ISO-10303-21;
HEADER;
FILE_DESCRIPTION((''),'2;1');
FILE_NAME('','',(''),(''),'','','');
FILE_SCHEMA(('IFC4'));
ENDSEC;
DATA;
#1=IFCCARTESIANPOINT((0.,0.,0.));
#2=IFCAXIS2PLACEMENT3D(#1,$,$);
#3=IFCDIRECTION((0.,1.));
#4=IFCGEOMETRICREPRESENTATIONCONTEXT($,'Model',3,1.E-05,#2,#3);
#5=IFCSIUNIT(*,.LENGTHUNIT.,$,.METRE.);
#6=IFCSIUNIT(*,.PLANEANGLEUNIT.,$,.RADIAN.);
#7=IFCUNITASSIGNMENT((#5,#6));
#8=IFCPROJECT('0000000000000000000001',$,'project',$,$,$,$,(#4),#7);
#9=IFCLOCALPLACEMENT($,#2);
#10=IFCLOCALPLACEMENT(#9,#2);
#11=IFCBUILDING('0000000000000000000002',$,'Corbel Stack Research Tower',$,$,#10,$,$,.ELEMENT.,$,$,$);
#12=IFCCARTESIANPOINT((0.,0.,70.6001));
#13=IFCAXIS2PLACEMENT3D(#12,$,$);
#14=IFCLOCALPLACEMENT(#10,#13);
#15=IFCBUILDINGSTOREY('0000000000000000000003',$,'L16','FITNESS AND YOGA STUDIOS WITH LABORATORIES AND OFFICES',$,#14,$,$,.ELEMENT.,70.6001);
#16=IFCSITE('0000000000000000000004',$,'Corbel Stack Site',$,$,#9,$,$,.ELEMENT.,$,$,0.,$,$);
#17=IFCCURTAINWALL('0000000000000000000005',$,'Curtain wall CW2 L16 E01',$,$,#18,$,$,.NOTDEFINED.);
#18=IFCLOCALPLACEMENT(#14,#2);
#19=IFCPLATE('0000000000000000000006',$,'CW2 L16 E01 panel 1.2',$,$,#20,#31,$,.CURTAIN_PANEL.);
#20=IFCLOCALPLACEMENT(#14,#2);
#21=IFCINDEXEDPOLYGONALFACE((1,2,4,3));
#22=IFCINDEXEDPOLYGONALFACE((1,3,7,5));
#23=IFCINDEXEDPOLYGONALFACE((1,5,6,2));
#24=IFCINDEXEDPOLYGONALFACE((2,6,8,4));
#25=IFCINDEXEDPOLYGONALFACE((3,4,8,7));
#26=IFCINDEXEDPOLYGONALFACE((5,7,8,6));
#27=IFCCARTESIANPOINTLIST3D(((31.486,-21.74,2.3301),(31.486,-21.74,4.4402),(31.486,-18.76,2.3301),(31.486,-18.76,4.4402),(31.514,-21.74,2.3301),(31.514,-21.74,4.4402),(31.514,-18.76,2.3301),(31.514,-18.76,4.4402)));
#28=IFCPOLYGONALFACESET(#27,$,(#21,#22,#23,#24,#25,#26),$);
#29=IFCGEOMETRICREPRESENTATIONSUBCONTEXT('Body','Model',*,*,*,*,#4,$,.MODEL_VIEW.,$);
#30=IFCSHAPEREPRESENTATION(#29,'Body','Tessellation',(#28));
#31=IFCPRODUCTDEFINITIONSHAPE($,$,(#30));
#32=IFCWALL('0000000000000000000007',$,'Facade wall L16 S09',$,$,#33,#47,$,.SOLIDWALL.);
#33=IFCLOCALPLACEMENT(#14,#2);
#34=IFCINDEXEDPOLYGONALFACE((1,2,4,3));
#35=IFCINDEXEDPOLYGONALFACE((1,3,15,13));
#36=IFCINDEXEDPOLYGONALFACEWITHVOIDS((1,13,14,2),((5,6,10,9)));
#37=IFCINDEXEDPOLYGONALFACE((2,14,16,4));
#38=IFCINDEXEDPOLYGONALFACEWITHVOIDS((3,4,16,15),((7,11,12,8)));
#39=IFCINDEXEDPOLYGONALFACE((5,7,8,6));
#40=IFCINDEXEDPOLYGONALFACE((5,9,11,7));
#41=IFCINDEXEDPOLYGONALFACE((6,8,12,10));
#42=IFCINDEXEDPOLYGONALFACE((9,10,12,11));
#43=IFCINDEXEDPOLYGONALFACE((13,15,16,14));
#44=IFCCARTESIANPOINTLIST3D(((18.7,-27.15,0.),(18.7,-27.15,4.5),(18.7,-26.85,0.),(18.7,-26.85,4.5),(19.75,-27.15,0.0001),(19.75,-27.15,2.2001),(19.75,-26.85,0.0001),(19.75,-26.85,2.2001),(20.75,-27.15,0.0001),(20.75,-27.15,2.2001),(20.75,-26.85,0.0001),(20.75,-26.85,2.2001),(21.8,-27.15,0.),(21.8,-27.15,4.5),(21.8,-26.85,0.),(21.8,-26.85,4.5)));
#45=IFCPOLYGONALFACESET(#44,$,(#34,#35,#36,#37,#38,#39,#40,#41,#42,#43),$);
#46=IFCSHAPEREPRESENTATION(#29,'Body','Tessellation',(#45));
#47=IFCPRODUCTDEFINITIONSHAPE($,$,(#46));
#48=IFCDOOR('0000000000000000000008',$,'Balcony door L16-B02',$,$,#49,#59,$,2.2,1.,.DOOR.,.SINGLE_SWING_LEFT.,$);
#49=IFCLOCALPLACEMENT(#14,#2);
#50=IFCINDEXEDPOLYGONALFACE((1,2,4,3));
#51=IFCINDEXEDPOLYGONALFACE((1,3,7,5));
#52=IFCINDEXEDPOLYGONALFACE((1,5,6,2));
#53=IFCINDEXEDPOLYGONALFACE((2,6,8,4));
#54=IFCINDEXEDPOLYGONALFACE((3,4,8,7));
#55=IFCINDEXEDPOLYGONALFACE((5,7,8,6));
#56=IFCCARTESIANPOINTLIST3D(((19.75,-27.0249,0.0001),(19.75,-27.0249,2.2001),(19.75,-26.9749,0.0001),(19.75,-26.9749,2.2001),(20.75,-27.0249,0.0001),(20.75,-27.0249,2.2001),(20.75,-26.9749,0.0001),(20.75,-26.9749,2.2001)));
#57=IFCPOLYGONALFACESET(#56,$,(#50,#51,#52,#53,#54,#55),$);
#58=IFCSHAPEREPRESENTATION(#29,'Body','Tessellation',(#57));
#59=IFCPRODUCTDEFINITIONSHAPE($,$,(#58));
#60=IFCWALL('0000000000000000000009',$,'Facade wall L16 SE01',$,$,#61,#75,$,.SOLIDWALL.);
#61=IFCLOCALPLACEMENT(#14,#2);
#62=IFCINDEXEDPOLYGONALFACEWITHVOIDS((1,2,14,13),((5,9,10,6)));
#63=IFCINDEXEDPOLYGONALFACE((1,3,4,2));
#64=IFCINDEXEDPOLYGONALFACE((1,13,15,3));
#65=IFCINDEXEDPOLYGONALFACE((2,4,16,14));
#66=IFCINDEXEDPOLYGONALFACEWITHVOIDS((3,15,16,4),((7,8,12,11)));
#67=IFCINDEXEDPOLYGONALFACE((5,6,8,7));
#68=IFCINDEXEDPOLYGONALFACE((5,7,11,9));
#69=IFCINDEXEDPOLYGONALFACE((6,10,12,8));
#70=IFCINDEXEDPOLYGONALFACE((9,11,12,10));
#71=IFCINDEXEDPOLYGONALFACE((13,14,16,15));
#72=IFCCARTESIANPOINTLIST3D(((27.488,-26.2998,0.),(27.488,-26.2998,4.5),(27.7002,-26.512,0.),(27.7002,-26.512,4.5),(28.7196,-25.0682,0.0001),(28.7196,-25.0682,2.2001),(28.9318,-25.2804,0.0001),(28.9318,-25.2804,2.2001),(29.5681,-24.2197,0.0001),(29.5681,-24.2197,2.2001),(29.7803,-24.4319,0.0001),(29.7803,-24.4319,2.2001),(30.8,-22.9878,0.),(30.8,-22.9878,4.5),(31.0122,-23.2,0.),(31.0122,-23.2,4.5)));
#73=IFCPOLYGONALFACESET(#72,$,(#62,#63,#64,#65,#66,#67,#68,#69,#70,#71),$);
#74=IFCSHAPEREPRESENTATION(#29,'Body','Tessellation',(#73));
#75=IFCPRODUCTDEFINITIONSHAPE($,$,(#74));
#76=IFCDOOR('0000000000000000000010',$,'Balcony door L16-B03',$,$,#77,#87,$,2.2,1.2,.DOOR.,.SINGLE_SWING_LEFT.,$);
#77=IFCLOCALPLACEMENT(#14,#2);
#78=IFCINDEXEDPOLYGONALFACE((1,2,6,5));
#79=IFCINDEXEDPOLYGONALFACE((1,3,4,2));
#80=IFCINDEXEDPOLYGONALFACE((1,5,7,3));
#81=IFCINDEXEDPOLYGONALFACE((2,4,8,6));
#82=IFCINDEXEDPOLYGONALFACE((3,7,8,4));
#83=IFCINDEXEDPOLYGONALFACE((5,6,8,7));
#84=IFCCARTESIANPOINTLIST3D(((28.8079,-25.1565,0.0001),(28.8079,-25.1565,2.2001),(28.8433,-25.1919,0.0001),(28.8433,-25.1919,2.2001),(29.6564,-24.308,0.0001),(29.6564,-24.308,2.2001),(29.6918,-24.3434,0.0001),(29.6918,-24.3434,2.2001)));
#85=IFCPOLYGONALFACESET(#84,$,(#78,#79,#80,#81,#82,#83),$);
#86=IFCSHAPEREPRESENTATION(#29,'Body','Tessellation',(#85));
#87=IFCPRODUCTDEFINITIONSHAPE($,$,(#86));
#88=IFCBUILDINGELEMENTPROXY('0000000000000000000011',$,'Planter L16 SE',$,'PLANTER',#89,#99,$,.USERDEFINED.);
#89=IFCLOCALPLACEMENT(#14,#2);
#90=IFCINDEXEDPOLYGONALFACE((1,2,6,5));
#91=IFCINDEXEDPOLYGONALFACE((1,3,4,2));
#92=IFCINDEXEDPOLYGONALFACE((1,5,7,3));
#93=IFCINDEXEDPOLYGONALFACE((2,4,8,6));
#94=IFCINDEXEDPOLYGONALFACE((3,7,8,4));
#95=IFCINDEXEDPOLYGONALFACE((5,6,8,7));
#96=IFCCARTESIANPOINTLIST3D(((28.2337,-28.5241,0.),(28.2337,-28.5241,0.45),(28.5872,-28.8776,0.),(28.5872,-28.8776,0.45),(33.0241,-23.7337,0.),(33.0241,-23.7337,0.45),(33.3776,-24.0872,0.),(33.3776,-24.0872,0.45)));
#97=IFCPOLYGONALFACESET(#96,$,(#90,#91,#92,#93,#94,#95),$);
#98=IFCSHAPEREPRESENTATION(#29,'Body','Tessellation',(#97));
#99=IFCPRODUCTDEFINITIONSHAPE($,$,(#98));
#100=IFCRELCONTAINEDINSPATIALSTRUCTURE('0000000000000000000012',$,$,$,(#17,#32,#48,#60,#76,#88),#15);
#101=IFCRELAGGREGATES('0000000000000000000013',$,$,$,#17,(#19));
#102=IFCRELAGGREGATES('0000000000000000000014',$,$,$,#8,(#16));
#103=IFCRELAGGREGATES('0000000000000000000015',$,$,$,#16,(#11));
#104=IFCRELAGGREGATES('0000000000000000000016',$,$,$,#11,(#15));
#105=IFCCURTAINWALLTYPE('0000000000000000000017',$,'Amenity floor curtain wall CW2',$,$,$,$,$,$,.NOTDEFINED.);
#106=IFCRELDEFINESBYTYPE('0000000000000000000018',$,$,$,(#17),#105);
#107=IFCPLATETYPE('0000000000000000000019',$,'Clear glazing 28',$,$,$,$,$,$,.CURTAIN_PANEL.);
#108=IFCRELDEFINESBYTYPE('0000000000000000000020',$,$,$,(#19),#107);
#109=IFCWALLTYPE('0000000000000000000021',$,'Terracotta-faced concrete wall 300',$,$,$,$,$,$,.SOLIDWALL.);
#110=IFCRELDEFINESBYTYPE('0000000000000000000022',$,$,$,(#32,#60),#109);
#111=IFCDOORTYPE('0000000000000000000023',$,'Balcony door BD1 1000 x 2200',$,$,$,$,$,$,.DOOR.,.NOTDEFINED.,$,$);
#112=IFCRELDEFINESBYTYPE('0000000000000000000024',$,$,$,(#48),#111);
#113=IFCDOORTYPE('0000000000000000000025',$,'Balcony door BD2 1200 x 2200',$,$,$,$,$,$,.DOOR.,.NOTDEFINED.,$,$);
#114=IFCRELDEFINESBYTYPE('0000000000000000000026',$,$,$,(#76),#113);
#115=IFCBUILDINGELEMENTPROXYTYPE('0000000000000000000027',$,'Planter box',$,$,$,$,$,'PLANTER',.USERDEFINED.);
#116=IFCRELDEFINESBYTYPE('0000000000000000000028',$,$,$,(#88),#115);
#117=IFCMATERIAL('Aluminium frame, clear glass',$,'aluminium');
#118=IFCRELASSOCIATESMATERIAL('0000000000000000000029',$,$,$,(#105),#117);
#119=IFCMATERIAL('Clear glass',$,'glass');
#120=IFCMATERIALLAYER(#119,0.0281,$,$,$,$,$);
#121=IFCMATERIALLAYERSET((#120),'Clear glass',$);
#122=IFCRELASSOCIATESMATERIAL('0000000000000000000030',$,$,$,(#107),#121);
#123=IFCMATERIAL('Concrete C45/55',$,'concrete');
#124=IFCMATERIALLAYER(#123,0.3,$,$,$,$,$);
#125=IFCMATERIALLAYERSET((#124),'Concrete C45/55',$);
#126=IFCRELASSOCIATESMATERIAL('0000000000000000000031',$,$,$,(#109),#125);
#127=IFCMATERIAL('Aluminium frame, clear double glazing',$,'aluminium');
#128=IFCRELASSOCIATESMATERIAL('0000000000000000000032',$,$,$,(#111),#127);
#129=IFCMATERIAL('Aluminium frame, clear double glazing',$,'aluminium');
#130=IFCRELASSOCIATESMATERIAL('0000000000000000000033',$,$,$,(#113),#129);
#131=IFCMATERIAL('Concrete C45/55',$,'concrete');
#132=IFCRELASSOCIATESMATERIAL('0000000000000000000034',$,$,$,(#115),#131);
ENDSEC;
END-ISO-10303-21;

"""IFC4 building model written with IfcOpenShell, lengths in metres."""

from ifc_helpers import new_model, si_unit, direction, frame, frame_2d, origin, origin_2d, place, context, subcontext, project, spatial, rectangle, extrude, material, layer, layer_set, type_object, element, fill, aggregate, save


model = new_model("IFC4")

# Units and contexts
model_context = context("Model", 3, precision=1e-05, world=origin(), true_north=direction((0.0, 1.0)))
body_context = subcontext(model_context, "Body", "Model", "MODEL_VIEW")
ifc_project = project(units=[si_unit("LENGTHUNIT", "METRE"), si_unit("PLANEANGLEUNIT", "RADIAN")], contexts=[model_context])

# Site, building, storey
site_placement = place(None, origin())
site = spatial("IfcSite", under=ifc_project, at=site_placement, Name="Corbel Stack Site", CompositionType="ELEMENT", RefElevation=0.0)
building_placement = place(site_placement, origin())
building = spatial("IfcBuilding", under=site, at=building_placement, Name="Corbel Stack Research Tower", CompositionType="ELEMENT")
storey_placement = place(building_placement, frame((0.0, 0.0, 70.6001)))
storey = spatial("IfcBuildingStorey", under=building, at=storey_placement, Name="L16", Description="FITNESS AND YOGA STUDIOS WITH LABORATORIES AND OFFICES", CompositionType="ELEMENT", Elevation=70.6001)

# Curtain wall
ifc_material_1 = material(Name="Aluminium frame, clear glass", Category="aluminium")
curtain_wall_type = type_object("IfcCurtainWallType", Name="Amenity floor curtain wall CW2", PredefinedType="NOTDEFINED", material=ifc_material_1)
curtain_wall_1_placement = place(storey_placement, origin())
curtain_wall_1 = element("IfcCurtainWall", 1, at=curtain_wall_1_placement, inside=storey, type_object=curtain_wall_type, Name="Curtain wall CW2 L16 E01", PredefinedType="NOTDEFINED")

# Plate
ifc_material_2 = material(Name="Clear glass", Category="glass")
ifc_layer_1 = layer(ifc_material_2, 0.0281)
ifc_layer_set_1 = layer_set([ifc_layer_1], Name="Clear glass")
plate_type = type_object("IfcPlateType", Name="Clear glazing 28", PredefinedType="CURTAIN_PANEL", material=ifc_layer_set_1)
plate_1_placement = place(storey_placement, frame((31.5, -20.25, 2.3301), z_axis=(0.0, 0.0, 1.0), x_axis=(0.0, 1.0, 0.0)))
plate_1 = element("IfcPlate", 2, at=plate_1_placement, type_object=plate_type, Name="CW2 L16 E01 panel 1.2", PredefinedType="CURTAIN_PANEL", context=body_context, shape_type="SweptSolid", body=[
    extrude(rectangle(XDim=2.98, YDim=0.0281, at=origin_2d()), origin(), (0.0, 0.0, 1.0), 2.1101),
])
aggregate(curtain_wall_1, [plate_1])

# Walls, openings, doors
ifc_material_3 = material(Name="Concrete C45/55", Category="concrete")
ifc_layer_2 = layer(ifc_material_3, 0.3)
ifc_layer_set_2 = layer_set([ifc_layer_2], Name="Concrete C45/55")
wall_type = type_object("IfcWallType", Name="Terracotta-faced concrete wall 300", PredefinedType="SOLIDWALL", material=ifc_layer_set_2)
wall_1_placement = place(storey_placement, frame((21.8, -27.0, 0.0), z_axis=(0.0, 0.0, 1.0), x_axis=(-1.0, 0.0, 0.0)))
wall_1 = element("IfcWall", 3, at=wall_1_placement, inside=storey, type_object=wall_type, Name="Facade wall L16 S09", PredefinedType="SOLIDWALL", context=body_context, shape_type="SweptSolid", body=[
    extrude(rectangle(XDim=3.1001, YDim=0.3, at=frame_2d((1.55, 0.0))), origin(), (0.0, 0.0, 1.0), 4.5),
])
opening_1_placement = place(wall_1_placement, frame((1.05, 0.0, 0.0)))
opening_1 = element("IfcOpeningElement", 4, at=opening_1_placement, cuts=wall_1, PredefinedType="OPENING", context=body_context, shape_type="SweptSolid", body=[
    extrude(rectangle(XDim=1.0, YDim=2.2, at=frame_2d((0.5, 1.1001))), frame((0.0, 0.1599, 0.0), z_axis=(0.0, -1.0, 0.0), x_axis=(1.0, 0.0, 0.0)), (0.0, 0.0, 1.0), 0.3201),
])
ifc_material_4 = material(Name="Aluminium frame, clear double glazing", Category="aluminium")
door_type_1 = type_object("IfcDoorType", Name="Balcony door BD1 1000 x 2200", OperationType="NOTDEFINED", PredefinedType="DOOR", material=ifc_material_4)
door_1_placement = place(opening_1_placement, origin())
door_1 = element("IfcDoor", 5, at=door_1_placement, inside=storey, type_object=door_type_1, Name="Balcony door L16-B02", OperationType="SINGLE_SWING_LEFT", OverallHeight=2.2, OverallWidth=1.0, PredefinedType="DOOR", context=body_context, shape_type="SweptSolid", body=[
    extrude(rectangle(XDim=1.0, YDim=2.2, at=frame_2d((0.5, 1.1001))), frame((0.0, 0.0249, 0.0), z_axis=(0.0, -1.0, 0.0), x_axis=(1.0, 0.0, 0.0)), (0.0, 0.0, 1.0), 0.05),
])
fill(opening_1, door_1)
wall_2_placement = place(storey_placement, frame((30.906, -23.094, 0.0), z_axis=(0.0, 0.0, 1.0), x_axis=(-0.707107, -0.707107, 0.0)))
wall_2 = element("IfcWall", 6, at=wall_2_placement, inside=storey, type_object=wall_type, Name="Facade wall L16 SE01", PredefinedType="SOLIDWALL", context=body_context, shape_type="SweptSolid", body=[
    extrude(rectangle(XDim=4.6838, YDim=0.3, at=frame_2d((2.3418, 0.0))), origin(), (0.0, 0.0, 1.0), 4.5),
])
opening_2_placement = place(wall_2_placement, frame((1.7419, 0.0, 0.0)))
opening_2 = element("IfcOpeningElement", 7, at=opening_2_placement, cuts=wall_2, PredefinedType="OPENING", context=body_context, shape_type="SweptSolid", body=[
    extrude(rectangle(XDim=1.2, YDim=2.2, at=frame_2d((0.6001, 1.1001))), frame((0.0, 0.1599, 0.0), z_axis=(0.0, -1.0, 0.0), x_axis=(1.0, 0.0, 0.0)), (0.0, 0.0, 1.0), 0.3201),
])
ifc_material_5 = material(Name="Aluminium frame, clear double glazing", Category="aluminium")
door_type_2 = type_object("IfcDoorType", Name="Balcony door BD2 1200 x 2200", OperationType="NOTDEFINED", PredefinedType="DOOR", material=ifc_material_5)
door_2_placement = place(opening_2_placement, origin())
door_2 = element("IfcDoor", 8, at=door_2_placement, inside=storey, type_object=door_type_2, Name="Balcony door L16-B03", OperationType="SINGLE_SWING_LEFT", OverallHeight=2.2, OverallWidth=1.2, PredefinedType="DOOR", context=body_context, shape_type="SweptSolid", body=[
    extrude(rectangle(XDim=1.2, YDim=2.2, at=frame_2d((0.6001, 1.1001))), frame((0.0, 0.0249, 0.0), z_axis=(0.0, -1.0, 0.0), x_axis=(1.0, 0.0, 0.0)), (0.0, 0.0, 1.0), 0.05),
])
fill(opening_2, door_2)

# Building element proxy
ifc_material_6 = material(Name="Concrete C45/55", Category="concrete")
building_element_proxy_type = type_object("IfcBuildingElementProxyType", Name="Planter box", ElementType="PLANTER", PredefinedType="USERDEFINED", material=ifc_material_6)
proxy_placement = place(storey_placement, frame((30.8057, -26.3057, 0.0), z_axis=(0.0, 0.0, 1.0), x_axis=(0.707107, 0.707107, 0.0)))
element("IfcBuildingElementProxy", 9, at=proxy_placement, inside=storey, type_object=building_element_proxy_type, Name="Planter L16 SE", ObjectType="PLANTER", PredefinedType="USERDEFINED", context=body_context, shape_type="SweptSolid", body=[
    extrude(rectangle(XDim=6.7747, YDim=0.5, at=origin_2d()), origin(), (0.0, 0.0, 1.0), 0.45),
])

save(model, "model.ifc")
